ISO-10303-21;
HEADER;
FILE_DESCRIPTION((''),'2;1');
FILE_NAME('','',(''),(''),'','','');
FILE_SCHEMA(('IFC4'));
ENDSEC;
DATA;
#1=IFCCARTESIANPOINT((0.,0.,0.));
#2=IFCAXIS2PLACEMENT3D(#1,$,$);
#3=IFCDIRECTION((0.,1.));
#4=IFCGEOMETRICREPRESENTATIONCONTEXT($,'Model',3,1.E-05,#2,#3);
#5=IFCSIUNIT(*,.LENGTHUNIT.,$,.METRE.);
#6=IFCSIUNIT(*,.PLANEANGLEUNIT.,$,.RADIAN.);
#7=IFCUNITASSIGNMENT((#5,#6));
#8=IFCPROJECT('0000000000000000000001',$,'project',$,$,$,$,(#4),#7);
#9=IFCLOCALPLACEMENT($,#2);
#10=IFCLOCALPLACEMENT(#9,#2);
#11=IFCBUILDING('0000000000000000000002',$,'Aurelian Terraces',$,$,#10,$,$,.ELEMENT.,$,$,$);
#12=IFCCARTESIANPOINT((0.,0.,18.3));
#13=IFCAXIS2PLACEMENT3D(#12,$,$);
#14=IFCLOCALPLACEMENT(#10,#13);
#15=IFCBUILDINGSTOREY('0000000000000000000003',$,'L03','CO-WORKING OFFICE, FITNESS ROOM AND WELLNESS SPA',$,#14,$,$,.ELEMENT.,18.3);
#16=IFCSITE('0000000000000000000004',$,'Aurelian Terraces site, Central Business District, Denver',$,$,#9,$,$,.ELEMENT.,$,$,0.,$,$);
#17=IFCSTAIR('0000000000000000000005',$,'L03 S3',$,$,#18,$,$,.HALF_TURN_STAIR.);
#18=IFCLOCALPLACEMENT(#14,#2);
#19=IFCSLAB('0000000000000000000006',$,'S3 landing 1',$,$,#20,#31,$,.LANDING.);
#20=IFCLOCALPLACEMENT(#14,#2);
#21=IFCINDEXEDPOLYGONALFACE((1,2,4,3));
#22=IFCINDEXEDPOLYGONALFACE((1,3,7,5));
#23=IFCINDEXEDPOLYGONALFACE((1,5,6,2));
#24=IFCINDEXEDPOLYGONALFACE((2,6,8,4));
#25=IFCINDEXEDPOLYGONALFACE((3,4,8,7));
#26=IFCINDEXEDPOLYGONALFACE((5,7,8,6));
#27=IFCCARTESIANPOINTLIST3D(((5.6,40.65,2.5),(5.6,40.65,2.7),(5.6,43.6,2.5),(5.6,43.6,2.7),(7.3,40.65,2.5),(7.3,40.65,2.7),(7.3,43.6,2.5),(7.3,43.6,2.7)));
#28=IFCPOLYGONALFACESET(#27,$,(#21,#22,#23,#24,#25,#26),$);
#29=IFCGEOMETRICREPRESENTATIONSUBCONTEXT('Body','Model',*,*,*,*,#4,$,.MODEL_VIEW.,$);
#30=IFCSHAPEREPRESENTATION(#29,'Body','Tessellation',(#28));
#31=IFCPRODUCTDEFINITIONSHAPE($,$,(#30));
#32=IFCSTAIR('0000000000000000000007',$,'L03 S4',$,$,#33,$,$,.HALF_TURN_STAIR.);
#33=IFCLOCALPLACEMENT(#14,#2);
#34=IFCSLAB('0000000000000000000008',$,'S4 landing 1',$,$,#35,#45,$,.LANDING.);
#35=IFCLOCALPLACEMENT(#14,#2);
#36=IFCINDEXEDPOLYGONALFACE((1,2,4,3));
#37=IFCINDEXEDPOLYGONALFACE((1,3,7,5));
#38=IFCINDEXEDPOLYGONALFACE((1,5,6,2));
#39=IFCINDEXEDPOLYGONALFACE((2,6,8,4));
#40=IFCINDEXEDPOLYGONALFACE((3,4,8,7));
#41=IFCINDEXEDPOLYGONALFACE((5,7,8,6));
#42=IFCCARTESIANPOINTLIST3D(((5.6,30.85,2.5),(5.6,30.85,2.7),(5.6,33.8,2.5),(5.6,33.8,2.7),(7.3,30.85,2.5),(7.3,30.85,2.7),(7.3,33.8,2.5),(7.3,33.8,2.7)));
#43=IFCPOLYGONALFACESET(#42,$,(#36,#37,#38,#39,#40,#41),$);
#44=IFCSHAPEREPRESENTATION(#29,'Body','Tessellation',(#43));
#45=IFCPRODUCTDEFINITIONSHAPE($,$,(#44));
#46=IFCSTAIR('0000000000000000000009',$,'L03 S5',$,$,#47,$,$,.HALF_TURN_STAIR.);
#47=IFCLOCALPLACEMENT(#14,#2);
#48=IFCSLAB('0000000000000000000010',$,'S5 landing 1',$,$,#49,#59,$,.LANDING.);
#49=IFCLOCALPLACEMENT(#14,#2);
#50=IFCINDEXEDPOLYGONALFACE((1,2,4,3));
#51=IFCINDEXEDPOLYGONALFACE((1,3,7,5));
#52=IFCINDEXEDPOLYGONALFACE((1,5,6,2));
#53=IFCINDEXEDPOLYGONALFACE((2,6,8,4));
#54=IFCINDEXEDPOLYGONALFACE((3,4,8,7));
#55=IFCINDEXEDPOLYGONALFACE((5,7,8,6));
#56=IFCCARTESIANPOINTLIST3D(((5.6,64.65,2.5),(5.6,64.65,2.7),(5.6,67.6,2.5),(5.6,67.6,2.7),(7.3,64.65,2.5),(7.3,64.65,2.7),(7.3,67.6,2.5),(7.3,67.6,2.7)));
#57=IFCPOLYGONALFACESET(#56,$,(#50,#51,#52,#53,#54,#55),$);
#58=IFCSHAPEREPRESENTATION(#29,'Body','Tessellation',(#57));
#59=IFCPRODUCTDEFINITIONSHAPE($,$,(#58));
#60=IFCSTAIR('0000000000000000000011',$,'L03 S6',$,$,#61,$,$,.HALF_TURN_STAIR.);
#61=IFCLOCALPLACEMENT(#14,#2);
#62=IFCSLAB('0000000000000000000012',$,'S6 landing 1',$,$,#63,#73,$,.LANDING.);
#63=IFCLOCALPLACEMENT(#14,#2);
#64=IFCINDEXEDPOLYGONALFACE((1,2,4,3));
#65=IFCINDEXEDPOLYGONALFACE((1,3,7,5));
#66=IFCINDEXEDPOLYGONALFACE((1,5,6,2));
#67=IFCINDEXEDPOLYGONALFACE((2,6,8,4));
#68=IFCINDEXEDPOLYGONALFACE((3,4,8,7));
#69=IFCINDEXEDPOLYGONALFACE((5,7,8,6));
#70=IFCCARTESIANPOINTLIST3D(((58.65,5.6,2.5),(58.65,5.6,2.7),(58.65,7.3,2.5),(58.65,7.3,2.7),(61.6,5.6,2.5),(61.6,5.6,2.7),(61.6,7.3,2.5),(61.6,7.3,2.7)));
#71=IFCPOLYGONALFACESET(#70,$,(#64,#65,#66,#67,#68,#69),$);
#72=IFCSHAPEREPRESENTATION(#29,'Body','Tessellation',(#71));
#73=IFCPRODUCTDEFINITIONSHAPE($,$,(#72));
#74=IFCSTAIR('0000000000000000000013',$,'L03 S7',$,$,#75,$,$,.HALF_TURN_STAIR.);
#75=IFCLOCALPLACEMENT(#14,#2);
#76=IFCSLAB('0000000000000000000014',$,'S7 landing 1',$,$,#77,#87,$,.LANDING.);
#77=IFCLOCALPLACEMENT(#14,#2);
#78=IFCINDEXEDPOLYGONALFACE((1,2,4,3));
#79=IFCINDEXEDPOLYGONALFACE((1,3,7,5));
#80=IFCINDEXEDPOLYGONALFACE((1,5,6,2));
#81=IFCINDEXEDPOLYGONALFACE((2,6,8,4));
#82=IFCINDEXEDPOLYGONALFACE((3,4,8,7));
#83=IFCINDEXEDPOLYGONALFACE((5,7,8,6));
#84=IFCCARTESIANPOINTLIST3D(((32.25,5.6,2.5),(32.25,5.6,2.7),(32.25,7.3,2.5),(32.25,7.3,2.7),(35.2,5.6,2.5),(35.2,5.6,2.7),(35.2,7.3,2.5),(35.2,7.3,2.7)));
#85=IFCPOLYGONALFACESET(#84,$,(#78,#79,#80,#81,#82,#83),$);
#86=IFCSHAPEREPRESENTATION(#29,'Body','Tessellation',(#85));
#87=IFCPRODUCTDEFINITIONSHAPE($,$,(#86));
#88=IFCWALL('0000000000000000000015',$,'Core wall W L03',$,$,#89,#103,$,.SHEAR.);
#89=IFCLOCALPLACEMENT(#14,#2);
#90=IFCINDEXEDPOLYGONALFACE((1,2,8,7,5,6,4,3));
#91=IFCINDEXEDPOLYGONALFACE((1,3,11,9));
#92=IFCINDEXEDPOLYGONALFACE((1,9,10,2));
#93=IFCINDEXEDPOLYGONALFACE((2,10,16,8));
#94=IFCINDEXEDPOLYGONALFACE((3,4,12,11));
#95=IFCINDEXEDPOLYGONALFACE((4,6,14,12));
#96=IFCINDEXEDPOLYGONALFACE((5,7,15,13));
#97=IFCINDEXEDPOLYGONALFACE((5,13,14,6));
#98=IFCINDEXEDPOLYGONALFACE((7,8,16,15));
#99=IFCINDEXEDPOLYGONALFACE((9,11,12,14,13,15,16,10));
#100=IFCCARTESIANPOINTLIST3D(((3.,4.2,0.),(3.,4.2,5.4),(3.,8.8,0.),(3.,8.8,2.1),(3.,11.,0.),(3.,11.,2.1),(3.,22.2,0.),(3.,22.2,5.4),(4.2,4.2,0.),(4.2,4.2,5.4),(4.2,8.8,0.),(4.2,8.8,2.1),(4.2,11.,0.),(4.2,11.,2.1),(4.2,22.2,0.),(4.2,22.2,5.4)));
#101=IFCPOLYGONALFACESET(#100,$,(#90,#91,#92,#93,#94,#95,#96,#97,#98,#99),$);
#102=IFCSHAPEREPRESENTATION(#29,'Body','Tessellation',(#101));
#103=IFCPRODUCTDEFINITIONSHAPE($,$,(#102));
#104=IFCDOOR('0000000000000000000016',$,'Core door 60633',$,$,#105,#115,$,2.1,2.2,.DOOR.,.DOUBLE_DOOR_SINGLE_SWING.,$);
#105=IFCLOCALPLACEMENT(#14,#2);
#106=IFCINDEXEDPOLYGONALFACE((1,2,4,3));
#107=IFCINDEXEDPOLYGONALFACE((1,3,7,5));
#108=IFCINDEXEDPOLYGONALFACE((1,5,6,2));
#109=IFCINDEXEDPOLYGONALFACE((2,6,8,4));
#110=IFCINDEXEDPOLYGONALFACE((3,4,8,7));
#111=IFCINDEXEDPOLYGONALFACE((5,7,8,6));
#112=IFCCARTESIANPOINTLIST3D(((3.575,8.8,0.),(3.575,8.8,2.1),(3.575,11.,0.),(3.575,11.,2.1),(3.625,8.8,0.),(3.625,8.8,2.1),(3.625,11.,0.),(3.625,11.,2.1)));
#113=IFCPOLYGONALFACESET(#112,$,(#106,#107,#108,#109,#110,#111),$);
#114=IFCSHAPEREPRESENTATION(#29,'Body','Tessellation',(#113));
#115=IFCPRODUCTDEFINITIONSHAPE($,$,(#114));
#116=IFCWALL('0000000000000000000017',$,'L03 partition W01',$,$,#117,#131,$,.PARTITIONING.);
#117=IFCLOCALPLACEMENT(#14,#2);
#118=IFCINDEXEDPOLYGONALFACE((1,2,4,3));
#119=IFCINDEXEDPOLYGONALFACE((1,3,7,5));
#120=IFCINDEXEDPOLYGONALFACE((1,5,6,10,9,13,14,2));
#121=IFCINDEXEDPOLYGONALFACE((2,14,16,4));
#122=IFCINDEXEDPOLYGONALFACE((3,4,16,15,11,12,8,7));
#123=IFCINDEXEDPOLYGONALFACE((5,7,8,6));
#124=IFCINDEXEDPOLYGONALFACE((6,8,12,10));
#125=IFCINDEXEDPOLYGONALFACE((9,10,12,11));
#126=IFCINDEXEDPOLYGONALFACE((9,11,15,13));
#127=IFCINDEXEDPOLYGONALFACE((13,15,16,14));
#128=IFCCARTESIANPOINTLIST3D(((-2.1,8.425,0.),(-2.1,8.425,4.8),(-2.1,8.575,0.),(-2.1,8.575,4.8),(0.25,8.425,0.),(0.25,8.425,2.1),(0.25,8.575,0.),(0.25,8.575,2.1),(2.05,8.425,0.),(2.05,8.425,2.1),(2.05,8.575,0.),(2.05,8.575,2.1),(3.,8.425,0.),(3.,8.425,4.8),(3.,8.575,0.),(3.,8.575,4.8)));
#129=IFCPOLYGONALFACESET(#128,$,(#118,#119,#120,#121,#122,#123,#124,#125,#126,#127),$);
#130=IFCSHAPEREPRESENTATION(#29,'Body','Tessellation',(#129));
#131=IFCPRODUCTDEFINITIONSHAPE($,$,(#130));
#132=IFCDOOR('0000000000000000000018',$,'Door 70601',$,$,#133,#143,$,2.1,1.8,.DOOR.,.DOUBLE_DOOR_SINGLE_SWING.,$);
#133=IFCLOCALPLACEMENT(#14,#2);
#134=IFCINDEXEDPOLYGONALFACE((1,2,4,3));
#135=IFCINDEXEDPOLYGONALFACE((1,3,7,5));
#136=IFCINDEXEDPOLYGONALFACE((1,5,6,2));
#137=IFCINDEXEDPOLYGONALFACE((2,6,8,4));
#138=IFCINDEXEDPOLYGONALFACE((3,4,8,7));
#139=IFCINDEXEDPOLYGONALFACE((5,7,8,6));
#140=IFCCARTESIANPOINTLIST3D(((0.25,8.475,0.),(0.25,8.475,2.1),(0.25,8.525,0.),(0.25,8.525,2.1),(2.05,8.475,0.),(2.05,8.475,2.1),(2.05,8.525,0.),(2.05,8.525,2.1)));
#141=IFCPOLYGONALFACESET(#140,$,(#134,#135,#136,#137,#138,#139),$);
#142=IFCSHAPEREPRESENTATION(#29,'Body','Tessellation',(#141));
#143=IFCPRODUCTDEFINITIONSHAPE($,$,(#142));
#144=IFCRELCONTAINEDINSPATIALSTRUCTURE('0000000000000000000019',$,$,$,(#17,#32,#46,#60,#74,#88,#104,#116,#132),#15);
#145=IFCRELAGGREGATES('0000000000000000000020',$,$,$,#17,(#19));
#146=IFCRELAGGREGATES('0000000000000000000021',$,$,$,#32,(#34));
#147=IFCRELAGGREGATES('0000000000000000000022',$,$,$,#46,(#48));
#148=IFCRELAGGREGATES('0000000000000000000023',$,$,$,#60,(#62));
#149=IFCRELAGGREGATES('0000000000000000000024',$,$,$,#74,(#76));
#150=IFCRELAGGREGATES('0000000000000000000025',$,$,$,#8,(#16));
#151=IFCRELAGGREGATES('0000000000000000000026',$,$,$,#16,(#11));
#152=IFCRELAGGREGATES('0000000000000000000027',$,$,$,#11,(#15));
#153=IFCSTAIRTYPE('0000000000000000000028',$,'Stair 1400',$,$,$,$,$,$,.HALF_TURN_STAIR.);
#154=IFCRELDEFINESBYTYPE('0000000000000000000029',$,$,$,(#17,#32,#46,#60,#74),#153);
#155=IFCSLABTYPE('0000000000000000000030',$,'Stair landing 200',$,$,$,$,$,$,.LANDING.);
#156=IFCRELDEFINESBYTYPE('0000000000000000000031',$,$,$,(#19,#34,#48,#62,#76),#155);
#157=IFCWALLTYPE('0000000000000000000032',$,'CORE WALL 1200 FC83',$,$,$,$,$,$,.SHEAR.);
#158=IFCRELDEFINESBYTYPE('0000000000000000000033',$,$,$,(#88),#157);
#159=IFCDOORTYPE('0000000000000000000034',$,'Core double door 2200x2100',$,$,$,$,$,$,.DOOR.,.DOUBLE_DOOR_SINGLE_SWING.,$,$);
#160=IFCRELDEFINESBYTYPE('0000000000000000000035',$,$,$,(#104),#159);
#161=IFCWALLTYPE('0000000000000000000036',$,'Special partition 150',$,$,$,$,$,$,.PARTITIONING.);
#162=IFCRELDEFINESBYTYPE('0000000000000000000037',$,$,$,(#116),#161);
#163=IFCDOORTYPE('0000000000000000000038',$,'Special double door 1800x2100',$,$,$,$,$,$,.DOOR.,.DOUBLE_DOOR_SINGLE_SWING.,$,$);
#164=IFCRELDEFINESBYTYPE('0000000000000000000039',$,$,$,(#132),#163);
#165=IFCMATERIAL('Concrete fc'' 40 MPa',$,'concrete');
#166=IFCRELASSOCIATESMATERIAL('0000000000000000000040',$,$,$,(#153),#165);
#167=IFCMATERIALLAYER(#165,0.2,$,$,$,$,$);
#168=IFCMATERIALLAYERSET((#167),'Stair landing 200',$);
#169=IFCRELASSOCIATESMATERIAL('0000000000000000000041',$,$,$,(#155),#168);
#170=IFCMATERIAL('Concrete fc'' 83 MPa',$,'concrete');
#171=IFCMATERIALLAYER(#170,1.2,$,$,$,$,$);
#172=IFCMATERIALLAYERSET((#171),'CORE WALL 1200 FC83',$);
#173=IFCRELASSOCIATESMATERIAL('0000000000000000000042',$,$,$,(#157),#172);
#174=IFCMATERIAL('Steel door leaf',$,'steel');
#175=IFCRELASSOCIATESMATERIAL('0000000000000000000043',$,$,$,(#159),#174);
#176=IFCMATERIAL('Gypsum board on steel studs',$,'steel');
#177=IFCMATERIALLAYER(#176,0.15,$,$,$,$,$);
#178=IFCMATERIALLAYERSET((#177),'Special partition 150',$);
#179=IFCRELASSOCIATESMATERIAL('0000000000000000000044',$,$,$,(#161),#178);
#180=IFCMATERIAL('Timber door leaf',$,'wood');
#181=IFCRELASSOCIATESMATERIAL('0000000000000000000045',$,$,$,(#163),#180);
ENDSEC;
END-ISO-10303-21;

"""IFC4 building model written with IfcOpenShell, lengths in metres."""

from ifc_helpers import new_model, si_unit, direction, frame, frame_2d, origin, place, context, subcontext, project, spatial, polyline, rectangle, outline, extrude, source, transform, mapped, material, layer, layer_set, type_object, element, fill, aggregate, save


model = new_model("IFC4")

# Units and contexts
model_context = context("Model", 3, precision=1e-05, world=origin(), true_north=direction((0.0, 1.0)))
body_context = subcontext(model_context, "Body", "Model", "MODEL_VIEW")
ifc_project = project(units=[si_unit("LENGTHUNIT", "METRE"), si_unit("PLANEANGLEUNIT", "RADIAN")], contexts=[model_context])

# Site, building, storey
site_placement = place(None, origin())
site = spatial("IfcSite", under=ifc_project, at=site_placement, Name="Aurelian Terraces site, Central Business District, Denver", CompositionType="ELEMENT", RefElevation=0.0)
building_placement = place(site_placement, origin())
building = spatial("IfcBuilding", under=site, at=building_placement, Name="Aurelian Terraces", CompositionType="ELEMENT")
storey_placement = place(building_placement, frame((0.0, 0.0, 18.3)))
storey = spatial("IfcBuildingStorey", under=building, at=storey_placement, Name="L03", Description="CO-WORKING OFFICE, FITNESS ROOM AND WELLNESS SPA", CompositionType="ELEMENT", Elevation=18.3)

# Shared definitions
ifc_material_1 = material(Name="Concrete fc' 83 MPa", Category="concrete")

# Shared definitions
ifc_material_2 = material(Name="Concrete fc' 40 MPa", Category="concrete")

# Stairs, slabs
stair_type = type_object("IfcStairType", Name="Stair 1400", PredefinedType="HALF_TURN_STAIR", material=ifc_material_2)
ifc_layer_1 = layer(ifc_material_2, 0.2)
ifc_layer_set_1 = layer_set([ifc_layer_1], Name="Stair landing 200")
slab_type_1 = type_object("IfcSlabType", Name="Stair landing 200", PredefinedType="LANDING", material=ifc_layer_set_1)
stair_1_placement = place(storey_placement, origin())
stair_1 = element("IfcStair", 1, at=stair_1_placement, inside=storey, type_object=stair_type, Name="L03 S3", PredefinedType="HALF_TURN_STAIR")
shared_shape_1 = source(origin(), body_context, "Body", "SweptSolid", [
    extrude(outline(polyline([(5.6, 40.65), (7.3, 40.65), (7.3, 43.6), (5.6, 43.6), (5.6, 40.65)])), origin(), (0.0, 0.0, 1.0), 0.2),
])
slab_1_placement = place(storey_placement, frame((0.0, 0.0, 2.5)))
slab_1 = element("IfcSlab", 2, at=slab_1_placement, type_object=slab_type_1, Name="S3 landing 1", PredefinedType="LANDING", context=body_context, shape_type="MappedRepresentation", body=[
    mapped(shared_shape_1, transform((0.0, 0.0, 0.0), scale=1.0)),
])
aggregate(stair_1, [slab_1])
stair_2_placement = place(storey_placement, origin())
stair_2 = element("IfcStair", 3, at=stair_2_placement, inside=storey, type_object=stair_type, Name="L03 S4", PredefinedType="HALF_TURN_STAIR")
shared_shape_2 = source(origin(), body_context, "Body", "SweptSolid", [
    extrude(outline(polyline([(5.6, 30.85), (7.3, 30.85), (7.3, 33.8), (5.6, 33.8), (5.6, 30.85)])), origin(), (0.0, 0.0, 1.0), 0.2),
])
slab_2_placement = place(storey_placement, frame((0.0, 0.0, 2.5)))
slab_2 = element("IfcSlab", 4, at=slab_2_placement, type_object=slab_type_1, Name="S4 landing 1", PredefinedType="LANDING", context=body_context, shape_type="MappedRepresentation", body=[
    mapped(shared_shape_2, transform((0.0, 0.0, 0.0), scale=1.0)),
])
aggregate(stair_2, [slab_2])
stair_3_placement = place(storey_placement, origin())
stair_3 = element("IfcStair", 5, at=stair_3_placement, inside=storey, type_object=stair_type, Name="L03 S5", PredefinedType="HALF_TURN_STAIR")
shared_shape_3 = source(origin(), body_context, "Body", "SweptSolid", [
    extrude(outline(polyline([(5.6, 64.65), (7.3, 64.65), (7.3, 67.6), (5.6, 67.6), (5.6, 64.65)])), origin(), (0.0, 0.0, 1.0), 0.2),
])
slab_3_placement = place(storey_placement, frame((0.0, 0.0, 2.5)))
slab_3 = element("IfcSlab", 6, at=slab_3_placement, type_object=slab_type_1, Name="S5 landing 1", PredefinedType="LANDING", context=body_context, shape_type="MappedRepresentation", body=[
    mapped(shared_shape_3, transform((0.0, 0.0, 0.0), scale=1.0)),
])
aggregate(stair_3, [slab_3])
stair_4_placement = place(storey_placement, origin())
stair_4 = element("IfcStair", 7, at=stair_4_placement, inside=storey, type_object=stair_type, Name="L03 S6", PredefinedType="HALF_TURN_STAIR")
shared_shape_4 = source(origin(), body_context, "Body", "SweptSolid", [
    extrude(outline(polyline([(61.6, 5.6), (61.6, 7.3), (58.65, 7.3), (58.65, 5.6), (61.6, 5.6)])), origin(), (0.0, 0.0, 1.0), 0.2),
])
slab_4_placement = place(storey_placement, frame((0.0, 0.0, 2.5)))
slab_4 = element("IfcSlab", 8, at=slab_4_placement, type_object=slab_type_1, Name="S6 landing 1", PredefinedType="LANDING", context=body_context, shape_type="MappedRepresentation", body=[
    mapped(shared_shape_4, transform((0.0, 0.0, 0.0), scale=1.0)),
])
aggregate(stair_4, [slab_4])
stair_5_placement = place(storey_placement, origin())
stair_5 = element("IfcStair", 9, at=stair_5_placement, inside=storey, type_object=stair_type, Name="L03 S7", PredefinedType="HALF_TURN_STAIR")
shared_shape_5 = source(origin(), body_context, "Body", "SweptSolid", [
    extrude(outline(polyline([(35.2, 5.6), (35.2, 7.3), (32.25, 7.3), (32.25, 5.6), (35.2, 5.6)])), origin(), (0.0, 0.0, 1.0), 0.2),
])
slab_5_placement = place(storey_placement, frame((0.0, 0.0, 2.5)))
slab_5 = element("IfcSlab", 10, at=slab_5_placement, type_object=slab_type_1, Name="S7 landing 1", PredefinedType="LANDING", context=body_context, shape_type="MappedRepresentation", body=[
    mapped(shared_shape_5, transform((0.0, 0.0, 0.0), scale=1.0)),
])
aggregate(stair_5, [slab_5])

# Walls, openings, doors
ifc_layer_2 = layer(ifc_material_1, 1.2)
ifc_layer_set_2 = layer_set([ifc_layer_2], Name="CORE WALL 1200 FC83")
wall_type_1 = type_object("IfcWallType", Name="CORE WALL 1200 FC83", PredefinedType="SHEAR", material=ifc_layer_set_2)
shared_shape_6 = source(origin(), body_context, "Body", "SweptSolid", [
    extrude(rectangle(XDim=18.0, YDim=1.2, at=frame_2d((9.0, 0.0))), origin(), (0.0, 0.0, 1.0), 5.4),
])
wall_1_placement = place(storey_placement, frame((3.6, 4.2, 0.0), z_axis=(0.0, 0.0, 1.0), x_axis=(0.0, 1.0, 0.0)))
wall_1 = element("IfcWall", 11, at=wall_1_placement, inside=storey, type_object=wall_type_1, Name="Core wall W L03", PredefinedType="SHEAR", context=body_context, shape_type="MappedRepresentation", body=[
    mapped(shared_shape_6, transform((0.0, 0.0, 0.0), scale=1.0)),
])
shared_shape_7 = source(origin(), body_context, "Body", "SweptSolid", [
    extrude(rectangle(XDim=2.2, YDim=2.1, at=frame_2d((1.1, 1.05))), frame((0.0, 0.61, 0.0), z_axis=(0.0, -1.0, 0.0), x_axis=(1.0, 0.0, 0.0)), (0.0, 0.0, 1.0), 1.22),
])
opening_1_placement = place(wall_1_placement, frame((4.6, 0.0, 0.0)))
opening_1 = element("IfcOpeningElement", 12, at=opening_1_placement, cuts=wall_1, PredefinedType="OPENING", context=body_context, shape_type="MappedRepresentation", body=[
    mapped(shared_shape_7, transform((0.0, 0.0, 0.0), scale=1.0)),
])
ifc_material_3 = material(Name="Steel door leaf", Category="steel")
door_type_1 = type_object("IfcDoorType", Name="Core double door 2200x2100", OperationType="DOUBLE_DOOR_SINGLE_SWING", PredefinedType="DOOR", material=ifc_material_3)
shared_shape_8 = source(origin(), body_context, "Body", "SweptSolid", [
    extrude(rectangle(XDim=2.2, YDim=2.1, at=frame_2d((1.1, 1.05))), frame((0.0, 0.025, 0.0), z_axis=(0.0, -1.0, 0.0), x_axis=(1.0, 0.0, 0.0)), (0.0, 0.0, 1.0), 0.05),
])
door_1_placement = place(opening_1_placement, origin())
door_1 = element("IfcDoor", 13, at=door_1_placement, inside=storey, type_object=door_type_1, Name="Core door 60633", OperationType="DOUBLE_DOOR_SINGLE_SWING", OverallHeight=2.1, OverallWidth=2.2, PredefinedType="DOOR", context=body_context, shape_type="MappedRepresentation", body=[
    mapped(shared_shape_8, transform((0.0, 0.0, 0.0), scale=1.0)),
])
fill(opening_1, door_1)
ifc_material_4 = material(Name="Gypsum board on steel studs", Category="steel")
ifc_layer_3 = layer(ifc_material_4, 0.15)
ifc_layer_set_3 = layer_set([ifc_layer_3], Name="Special partition 150")
wall_type_2 = type_object("IfcWallType", Name="Special partition 150", PredefinedType="PARTITIONING", material=ifc_layer_set_3)
shared_shape_9 = source(origin(), body_context, "Body", "SweptSolid", [
    extrude(rectangle(XDim=5.1, YDim=0.15, at=frame_2d((2.55, 0.0))), origin(), (0.0, 0.0, 1.0), 4.8),
])
wall_2_placement = place(storey_placement, frame((-2.1, 8.5, 0.0), z_axis=(0.0, 0.0, 1.0), x_axis=(1.0, 0.0, 0.0)))
wall_2 = element("IfcWall", 14, at=wall_2_placement, inside=storey, type_object=wall_type_2, Name="L03 partition W01", PredefinedType="PARTITIONING", context=body_context, shape_type="MappedRepresentation", body=[
    mapped(shared_shape_9, transform((0.0, 0.0, 0.0), scale=1.0)),
])
shared_shape_10 = source(origin(), body_context, "Body", "SweptSolid", [
    extrude(rectangle(XDim=1.8, YDim=2.1, at=frame_2d((0.9, 1.05))), frame((0.0, 0.085, 0.0), z_axis=(0.0, -1.0, 0.0), x_axis=(1.0, 0.0, 0.0)), (0.0, 0.0, 1.0), 0.17),
])
opening_2_placement = place(wall_2_placement, frame((2.35, 0.0, 0.0)))
opening_2 = element("IfcOpeningElement", 15, at=opening_2_placement, cuts=wall_2, PredefinedType="OPENING", context=body_context, shape_type="MappedRepresentation", body=[
    mapped(shared_shape_10, transform((0.0, 0.0, 0.0), scale=1.0)),
])
ifc_material_5 = material(Name="Timber door leaf", Category="wood")
door_type_2 = type_object("IfcDoorType", Name="Special double door 1800x2100", OperationType="DOUBLE_DOOR_SINGLE_SWING", PredefinedType="DOOR", material=ifc_material_5)
shared_shape_11 = source(origin(), body_context, "Body", "SweptSolid", [
    extrude(rectangle(XDim=1.8, YDim=2.1, at=frame_2d((0.9, 1.05))), frame((0.0, 0.025, 0.0), z_axis=(0.0, -1.0, 0.0), x_axis=(1.0, 0.0, 0.0)), (0.0, 0.0, 1.0), 0.05),
])
door_2_placement = place(opening_2_placement, origin())
door_2 = element("IfcDoor", 16, at=door_2_placement, inside=storey, type_object=door_type_2, Name="Door 70601", OperationType="DOUBLE_DOOR_SINGLE_SWING", OverallHeight=2.1, OverallWidth=1.8, PredefinedType="DOOR", context=body_context, shape_type="MappedRepresentation", body=[
    mapped(shared_shape_11, transform((0.0, 0.0, 0.0), scale=1.0)),
])
fill(opening_2, door_2)

save(model, "model.ifc")
